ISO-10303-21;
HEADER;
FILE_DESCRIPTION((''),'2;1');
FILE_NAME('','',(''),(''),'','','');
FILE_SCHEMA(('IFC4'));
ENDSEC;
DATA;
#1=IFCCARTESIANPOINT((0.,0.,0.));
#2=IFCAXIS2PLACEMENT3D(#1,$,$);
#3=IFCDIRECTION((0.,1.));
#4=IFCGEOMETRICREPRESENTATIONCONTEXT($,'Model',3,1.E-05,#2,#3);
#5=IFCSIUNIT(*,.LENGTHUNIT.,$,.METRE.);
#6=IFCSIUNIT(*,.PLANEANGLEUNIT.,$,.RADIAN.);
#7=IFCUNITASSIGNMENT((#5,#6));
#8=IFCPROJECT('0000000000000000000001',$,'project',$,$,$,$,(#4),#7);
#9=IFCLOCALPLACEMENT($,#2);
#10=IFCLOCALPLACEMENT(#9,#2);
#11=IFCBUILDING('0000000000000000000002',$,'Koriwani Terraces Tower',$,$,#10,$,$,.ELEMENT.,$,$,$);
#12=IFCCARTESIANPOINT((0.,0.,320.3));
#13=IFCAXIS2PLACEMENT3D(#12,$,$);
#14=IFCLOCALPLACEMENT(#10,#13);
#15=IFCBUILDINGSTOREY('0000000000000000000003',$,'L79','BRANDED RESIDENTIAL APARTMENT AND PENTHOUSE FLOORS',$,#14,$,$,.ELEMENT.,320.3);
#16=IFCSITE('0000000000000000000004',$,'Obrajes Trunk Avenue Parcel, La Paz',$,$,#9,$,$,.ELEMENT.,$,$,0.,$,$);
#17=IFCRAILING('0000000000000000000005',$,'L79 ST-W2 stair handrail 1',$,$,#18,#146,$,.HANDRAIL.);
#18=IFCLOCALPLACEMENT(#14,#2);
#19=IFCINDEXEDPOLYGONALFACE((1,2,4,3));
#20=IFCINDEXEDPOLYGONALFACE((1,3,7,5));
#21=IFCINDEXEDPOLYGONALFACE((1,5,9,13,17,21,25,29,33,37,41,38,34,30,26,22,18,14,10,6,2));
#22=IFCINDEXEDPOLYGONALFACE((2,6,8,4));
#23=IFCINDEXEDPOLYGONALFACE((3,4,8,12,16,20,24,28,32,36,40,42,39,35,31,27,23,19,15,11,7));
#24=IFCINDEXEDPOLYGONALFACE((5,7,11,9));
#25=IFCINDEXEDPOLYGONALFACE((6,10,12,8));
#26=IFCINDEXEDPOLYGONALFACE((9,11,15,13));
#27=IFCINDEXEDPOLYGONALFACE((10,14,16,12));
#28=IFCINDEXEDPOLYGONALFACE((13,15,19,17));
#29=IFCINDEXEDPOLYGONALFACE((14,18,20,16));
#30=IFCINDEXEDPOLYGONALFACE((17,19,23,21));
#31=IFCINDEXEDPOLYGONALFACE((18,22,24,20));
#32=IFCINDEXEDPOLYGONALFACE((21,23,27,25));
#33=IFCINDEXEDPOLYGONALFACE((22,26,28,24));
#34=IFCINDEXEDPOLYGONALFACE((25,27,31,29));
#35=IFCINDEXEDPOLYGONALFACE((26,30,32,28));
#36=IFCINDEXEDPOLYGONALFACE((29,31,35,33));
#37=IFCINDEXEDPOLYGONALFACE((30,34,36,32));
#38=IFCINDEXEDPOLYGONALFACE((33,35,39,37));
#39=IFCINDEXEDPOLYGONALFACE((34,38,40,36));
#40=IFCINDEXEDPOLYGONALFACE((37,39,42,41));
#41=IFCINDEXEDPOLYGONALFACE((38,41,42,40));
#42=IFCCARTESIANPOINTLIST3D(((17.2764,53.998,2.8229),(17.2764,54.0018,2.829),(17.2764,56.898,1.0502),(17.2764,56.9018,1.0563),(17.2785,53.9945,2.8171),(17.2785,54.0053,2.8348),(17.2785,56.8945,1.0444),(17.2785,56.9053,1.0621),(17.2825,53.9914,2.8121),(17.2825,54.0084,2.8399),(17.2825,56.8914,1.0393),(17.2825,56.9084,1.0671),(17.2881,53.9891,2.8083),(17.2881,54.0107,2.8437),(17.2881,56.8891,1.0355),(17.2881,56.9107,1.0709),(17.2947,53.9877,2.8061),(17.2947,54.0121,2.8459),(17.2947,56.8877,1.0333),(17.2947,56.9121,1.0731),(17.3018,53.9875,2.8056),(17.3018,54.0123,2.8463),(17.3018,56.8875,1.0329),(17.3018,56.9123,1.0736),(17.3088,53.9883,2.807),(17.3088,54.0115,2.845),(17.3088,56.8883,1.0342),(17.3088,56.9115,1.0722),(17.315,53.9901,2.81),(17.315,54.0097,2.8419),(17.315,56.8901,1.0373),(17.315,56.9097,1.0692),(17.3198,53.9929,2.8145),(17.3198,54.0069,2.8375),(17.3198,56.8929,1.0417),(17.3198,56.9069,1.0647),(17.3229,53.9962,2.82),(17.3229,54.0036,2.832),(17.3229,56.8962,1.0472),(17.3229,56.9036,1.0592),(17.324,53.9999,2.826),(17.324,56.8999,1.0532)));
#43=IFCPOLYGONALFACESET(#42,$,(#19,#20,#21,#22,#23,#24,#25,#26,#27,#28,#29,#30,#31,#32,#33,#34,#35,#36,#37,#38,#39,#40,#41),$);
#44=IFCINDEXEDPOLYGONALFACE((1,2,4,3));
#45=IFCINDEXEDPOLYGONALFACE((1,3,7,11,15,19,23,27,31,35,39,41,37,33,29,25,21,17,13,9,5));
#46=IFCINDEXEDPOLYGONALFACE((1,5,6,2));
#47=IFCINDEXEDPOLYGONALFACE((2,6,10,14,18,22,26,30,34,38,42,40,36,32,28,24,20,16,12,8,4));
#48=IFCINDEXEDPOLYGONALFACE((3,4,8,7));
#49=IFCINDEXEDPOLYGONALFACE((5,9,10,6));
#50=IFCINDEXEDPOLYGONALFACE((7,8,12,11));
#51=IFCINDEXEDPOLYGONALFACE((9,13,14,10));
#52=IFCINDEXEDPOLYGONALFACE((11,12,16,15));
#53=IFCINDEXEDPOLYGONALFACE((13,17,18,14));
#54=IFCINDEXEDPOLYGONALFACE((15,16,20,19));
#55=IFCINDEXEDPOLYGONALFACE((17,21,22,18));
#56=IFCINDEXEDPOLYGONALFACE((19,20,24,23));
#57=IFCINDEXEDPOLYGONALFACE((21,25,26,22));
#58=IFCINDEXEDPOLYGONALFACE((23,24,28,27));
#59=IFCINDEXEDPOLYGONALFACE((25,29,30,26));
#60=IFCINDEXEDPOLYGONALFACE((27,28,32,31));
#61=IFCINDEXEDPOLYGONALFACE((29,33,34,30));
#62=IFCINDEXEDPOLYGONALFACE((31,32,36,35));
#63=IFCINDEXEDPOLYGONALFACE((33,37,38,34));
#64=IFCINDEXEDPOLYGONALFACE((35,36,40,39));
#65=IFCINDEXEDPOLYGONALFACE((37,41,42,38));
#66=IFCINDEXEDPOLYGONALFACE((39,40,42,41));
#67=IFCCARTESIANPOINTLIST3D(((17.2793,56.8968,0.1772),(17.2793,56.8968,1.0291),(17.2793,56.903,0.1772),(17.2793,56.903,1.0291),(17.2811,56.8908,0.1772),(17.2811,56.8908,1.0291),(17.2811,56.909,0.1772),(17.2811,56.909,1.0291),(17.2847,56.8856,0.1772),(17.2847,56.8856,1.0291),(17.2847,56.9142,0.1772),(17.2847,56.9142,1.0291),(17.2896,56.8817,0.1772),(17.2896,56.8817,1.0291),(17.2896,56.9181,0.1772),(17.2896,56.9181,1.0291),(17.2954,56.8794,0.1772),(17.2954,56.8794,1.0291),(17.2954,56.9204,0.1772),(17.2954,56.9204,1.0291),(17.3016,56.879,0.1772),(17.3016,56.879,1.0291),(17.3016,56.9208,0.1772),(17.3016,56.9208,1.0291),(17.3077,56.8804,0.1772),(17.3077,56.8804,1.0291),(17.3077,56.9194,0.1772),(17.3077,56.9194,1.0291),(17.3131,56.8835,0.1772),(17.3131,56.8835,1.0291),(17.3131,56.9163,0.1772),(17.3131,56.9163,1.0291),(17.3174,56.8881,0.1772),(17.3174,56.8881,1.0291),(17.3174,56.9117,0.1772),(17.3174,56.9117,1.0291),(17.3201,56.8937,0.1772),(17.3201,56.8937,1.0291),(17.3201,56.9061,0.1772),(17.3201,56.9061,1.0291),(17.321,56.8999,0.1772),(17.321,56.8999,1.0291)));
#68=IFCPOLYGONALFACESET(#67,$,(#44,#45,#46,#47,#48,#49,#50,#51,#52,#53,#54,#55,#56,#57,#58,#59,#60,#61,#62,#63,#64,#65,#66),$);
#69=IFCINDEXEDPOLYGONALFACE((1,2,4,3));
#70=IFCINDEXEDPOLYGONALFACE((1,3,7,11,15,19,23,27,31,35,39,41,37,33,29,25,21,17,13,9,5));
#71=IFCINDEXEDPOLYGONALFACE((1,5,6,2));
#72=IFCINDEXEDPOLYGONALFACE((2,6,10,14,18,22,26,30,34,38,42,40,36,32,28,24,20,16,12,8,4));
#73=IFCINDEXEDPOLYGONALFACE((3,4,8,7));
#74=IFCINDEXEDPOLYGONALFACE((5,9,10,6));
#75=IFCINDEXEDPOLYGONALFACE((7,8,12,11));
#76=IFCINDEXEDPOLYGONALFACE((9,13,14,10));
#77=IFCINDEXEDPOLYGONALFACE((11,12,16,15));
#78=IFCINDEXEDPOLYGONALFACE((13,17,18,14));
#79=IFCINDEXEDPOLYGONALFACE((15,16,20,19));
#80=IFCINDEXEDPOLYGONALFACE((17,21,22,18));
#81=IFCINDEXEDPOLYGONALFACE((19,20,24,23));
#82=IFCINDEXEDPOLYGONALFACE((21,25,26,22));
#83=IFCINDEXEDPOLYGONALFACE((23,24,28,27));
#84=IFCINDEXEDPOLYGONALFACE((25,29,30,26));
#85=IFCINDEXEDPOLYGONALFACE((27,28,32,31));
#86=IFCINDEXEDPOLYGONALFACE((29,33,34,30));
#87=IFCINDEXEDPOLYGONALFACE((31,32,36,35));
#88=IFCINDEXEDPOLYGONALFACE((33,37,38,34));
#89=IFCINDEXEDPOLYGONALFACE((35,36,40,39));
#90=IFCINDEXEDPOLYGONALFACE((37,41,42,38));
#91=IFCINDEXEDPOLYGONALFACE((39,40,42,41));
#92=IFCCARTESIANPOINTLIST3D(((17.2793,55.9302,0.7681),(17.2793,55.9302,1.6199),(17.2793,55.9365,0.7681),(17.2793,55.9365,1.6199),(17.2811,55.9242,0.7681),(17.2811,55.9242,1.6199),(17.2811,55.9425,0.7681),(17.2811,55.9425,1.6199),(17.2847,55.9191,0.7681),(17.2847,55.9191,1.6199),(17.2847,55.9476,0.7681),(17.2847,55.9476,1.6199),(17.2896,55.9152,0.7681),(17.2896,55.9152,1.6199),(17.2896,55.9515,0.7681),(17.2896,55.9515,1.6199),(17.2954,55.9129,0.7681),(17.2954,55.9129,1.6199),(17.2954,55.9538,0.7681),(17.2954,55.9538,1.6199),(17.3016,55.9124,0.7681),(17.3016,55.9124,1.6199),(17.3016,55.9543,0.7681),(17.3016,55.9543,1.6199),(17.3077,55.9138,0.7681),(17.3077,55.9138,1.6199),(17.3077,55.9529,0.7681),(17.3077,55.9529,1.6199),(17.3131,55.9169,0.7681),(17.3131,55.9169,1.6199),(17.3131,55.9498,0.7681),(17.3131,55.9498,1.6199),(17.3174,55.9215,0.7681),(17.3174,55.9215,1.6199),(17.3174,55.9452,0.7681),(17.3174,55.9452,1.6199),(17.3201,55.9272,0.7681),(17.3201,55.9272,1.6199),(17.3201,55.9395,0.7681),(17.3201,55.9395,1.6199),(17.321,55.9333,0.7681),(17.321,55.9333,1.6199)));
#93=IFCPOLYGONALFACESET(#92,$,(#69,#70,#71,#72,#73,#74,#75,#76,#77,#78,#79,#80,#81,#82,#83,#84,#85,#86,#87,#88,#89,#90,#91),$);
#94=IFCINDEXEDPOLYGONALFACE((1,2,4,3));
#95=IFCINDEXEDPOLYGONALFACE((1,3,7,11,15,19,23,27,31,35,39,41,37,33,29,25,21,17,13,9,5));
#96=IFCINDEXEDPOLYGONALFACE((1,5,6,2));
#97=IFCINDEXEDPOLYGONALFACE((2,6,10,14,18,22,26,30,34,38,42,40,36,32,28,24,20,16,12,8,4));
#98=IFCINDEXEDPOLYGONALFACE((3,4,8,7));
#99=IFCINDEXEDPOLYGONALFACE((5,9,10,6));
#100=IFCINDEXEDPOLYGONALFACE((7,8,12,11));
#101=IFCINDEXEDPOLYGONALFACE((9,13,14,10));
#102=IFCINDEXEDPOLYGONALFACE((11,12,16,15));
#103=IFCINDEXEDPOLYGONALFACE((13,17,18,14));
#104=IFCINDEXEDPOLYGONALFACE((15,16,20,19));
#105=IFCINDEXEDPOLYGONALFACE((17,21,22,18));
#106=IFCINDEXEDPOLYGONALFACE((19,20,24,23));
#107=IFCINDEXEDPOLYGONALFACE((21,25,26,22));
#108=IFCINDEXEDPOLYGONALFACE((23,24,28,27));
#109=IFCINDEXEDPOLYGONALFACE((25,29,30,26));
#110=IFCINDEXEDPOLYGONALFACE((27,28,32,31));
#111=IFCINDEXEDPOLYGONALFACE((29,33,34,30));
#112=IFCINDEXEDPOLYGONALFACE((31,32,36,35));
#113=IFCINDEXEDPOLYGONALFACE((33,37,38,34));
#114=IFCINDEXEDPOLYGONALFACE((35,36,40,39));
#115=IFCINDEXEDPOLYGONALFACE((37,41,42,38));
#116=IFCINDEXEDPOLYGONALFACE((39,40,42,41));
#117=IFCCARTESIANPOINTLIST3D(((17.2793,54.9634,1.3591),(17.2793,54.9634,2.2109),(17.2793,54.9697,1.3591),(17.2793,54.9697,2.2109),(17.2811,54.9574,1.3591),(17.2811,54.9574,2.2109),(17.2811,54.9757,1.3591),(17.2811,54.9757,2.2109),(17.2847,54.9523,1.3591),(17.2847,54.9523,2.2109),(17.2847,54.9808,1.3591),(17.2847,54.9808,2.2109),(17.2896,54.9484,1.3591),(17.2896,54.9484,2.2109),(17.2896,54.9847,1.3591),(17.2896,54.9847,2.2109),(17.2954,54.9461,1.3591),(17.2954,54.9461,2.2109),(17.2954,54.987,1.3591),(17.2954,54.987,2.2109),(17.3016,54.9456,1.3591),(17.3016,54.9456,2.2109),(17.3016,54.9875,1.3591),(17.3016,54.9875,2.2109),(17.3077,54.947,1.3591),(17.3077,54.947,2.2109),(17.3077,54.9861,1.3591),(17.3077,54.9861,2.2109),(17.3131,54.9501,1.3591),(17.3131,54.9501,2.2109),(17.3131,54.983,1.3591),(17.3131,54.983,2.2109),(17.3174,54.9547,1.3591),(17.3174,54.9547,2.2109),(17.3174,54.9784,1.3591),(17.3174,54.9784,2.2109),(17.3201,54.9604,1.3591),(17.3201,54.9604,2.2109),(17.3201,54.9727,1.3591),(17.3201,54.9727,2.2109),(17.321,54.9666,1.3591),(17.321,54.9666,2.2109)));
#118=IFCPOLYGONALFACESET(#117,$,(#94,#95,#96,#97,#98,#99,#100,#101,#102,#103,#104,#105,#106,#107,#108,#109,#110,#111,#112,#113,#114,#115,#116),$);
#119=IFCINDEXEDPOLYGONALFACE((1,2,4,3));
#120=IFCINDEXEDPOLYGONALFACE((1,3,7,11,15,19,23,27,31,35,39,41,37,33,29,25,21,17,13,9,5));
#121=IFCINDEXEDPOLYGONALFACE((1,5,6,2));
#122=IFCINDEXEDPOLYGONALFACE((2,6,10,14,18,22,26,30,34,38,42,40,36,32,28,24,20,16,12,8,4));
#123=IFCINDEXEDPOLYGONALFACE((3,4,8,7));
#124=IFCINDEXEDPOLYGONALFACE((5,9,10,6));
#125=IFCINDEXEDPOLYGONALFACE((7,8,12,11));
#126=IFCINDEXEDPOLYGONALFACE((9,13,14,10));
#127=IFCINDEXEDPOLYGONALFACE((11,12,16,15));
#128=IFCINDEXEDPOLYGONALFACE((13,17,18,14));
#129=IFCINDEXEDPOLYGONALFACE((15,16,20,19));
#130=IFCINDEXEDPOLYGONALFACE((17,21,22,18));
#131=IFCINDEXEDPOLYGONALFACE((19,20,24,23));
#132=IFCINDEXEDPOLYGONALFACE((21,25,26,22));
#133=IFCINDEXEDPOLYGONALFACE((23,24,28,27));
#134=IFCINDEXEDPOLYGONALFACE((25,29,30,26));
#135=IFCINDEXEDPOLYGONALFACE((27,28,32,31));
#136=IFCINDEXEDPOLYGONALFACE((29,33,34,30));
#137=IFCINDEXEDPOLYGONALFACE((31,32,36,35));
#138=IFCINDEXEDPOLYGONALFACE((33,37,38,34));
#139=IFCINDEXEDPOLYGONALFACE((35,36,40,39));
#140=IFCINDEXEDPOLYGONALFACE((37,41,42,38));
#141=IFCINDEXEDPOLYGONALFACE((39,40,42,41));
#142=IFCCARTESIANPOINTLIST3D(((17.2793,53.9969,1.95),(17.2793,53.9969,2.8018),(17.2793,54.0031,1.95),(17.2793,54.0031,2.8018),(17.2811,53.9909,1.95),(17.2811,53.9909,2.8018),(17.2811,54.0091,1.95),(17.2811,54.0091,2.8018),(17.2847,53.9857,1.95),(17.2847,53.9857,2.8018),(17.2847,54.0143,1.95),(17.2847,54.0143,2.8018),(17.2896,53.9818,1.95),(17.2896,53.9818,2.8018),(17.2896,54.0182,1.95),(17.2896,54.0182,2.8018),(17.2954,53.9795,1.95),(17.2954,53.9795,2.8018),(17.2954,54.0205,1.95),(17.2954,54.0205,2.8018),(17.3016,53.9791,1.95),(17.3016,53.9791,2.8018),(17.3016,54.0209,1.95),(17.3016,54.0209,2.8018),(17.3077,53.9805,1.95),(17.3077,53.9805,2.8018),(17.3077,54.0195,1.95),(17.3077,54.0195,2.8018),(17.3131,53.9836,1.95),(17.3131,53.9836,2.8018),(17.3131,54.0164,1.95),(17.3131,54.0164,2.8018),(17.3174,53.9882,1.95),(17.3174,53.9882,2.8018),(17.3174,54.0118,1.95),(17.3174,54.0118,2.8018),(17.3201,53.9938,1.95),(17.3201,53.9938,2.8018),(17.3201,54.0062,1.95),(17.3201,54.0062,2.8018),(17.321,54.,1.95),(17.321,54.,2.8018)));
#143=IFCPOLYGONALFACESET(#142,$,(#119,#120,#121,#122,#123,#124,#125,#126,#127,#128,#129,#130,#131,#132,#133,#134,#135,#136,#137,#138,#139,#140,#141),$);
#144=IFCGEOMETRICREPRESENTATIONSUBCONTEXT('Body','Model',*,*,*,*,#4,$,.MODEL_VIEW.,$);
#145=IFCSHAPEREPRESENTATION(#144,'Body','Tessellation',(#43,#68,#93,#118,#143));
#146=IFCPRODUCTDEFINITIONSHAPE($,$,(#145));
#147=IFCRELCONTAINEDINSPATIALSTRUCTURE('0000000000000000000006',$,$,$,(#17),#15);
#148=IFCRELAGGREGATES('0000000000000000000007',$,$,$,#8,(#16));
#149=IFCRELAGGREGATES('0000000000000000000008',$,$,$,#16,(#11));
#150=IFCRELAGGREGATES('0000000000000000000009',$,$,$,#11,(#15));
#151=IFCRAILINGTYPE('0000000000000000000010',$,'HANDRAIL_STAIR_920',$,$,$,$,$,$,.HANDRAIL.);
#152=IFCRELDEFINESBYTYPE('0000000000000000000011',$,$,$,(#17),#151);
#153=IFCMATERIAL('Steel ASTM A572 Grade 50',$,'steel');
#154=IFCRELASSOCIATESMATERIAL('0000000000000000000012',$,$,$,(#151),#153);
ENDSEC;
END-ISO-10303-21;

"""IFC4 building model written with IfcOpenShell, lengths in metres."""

from ifc_helpers import new_model, si_unit, direction, frame, origin, origin_2d, place, context, subcontext, project, spatial, circle, extrude, material, type_object, element, save


model = new_model("IFC4")

# Units and contexts
model_context = context("Model", 3, precision=1e-05, world=origin(), true_north=direction((0.0, 1.0)))
body_context = subcontext(model_context, "Body", "Model", "MODEL_VIEW")
ifc_project = project(units=[si_unit("LENGTHUNIT", "METRE"), si_unit("PLANEANGLEUNIT", "RADIAN")], contexts=[model_context])

# Site, building, storey
site_placement = place(None, origin())
site = spatial("IfcSite", under=ifc_project, at=site_placement, Name="Obrajes Trunk Avenue Parcel, La Paz", CompositionType="ELEMENT", RefElevation=0.0)
building_placement = place(site_placement, origin())
building = spatial("IfcBuilding", under=site, at=building_placement, Name="Koriwani Terraces Tower", CompositionType="ELEMENT")
storey_placement = place(building_placement, frame((0.0, 0.0, 320.3)))
storey = spatial("IfcBuildingStorey", under=building, at=storey_placement, Name="L79", Description="BRANDED RESIDENTIAL APARTMENT AND PENTHOUSE FLOORS", CompositionType="ELEMENT", Elevation=320.3)

# Shared definitions
ifc_material_1 = material(Name="Steel ASTM A572 Grade 50", Category="steel")

# Railing
railing_type_1 = type_object("IfcRailingType", Name="HANDRAIL_STAIR_920", PredefinedType="HANDRAIL", material=ifc_material_1)
railing_1_placement = place(storey_placement, frame((17.3, 56.8999, 0.1772)))
element("IfcRailing", 1, at=railing_1_placement, inside=storey, type_object=railing_type_1, Name="L79 ST-W2 stair handrail 1", PredefinedType="HANDRAIL", context=body_context, shape_type="SweptSolid", body=[
    extrude(circle(Radius=0.0239, at=origin_2d()), frame((0.0, 0.0, 0.876), z_axis=(0.0, -0.853211, 0.521566), x_axis=(1.0, 0.0, 0.0)), (0.0, 0.0, 1.0), 3.3989),
    extrude(circle(Radius=0.021, at=origin_2d()), origin(), (0.0, 0.0, 1.0), 0.8518),
    extrude(circle(Radius=0.021, at=origin_2d()), frame((0.0, -0.9666, 0.5908)), (0.0, 0.0, 1.0), 0.8518),
    extrude(circle(Radius=0.021, at=origin_2d()), frame((0.0, -1.9333, 1.1819)), (0.0, 0.0, 1.0), 0.8518),
    extrude(circle(Radius=0.021, at=origin_2d()), frame((0.0, -2.8999, 1.7727)), (0.0, 0.0, 1.0), 0.8518),
])

save(model, "model.ifc")
